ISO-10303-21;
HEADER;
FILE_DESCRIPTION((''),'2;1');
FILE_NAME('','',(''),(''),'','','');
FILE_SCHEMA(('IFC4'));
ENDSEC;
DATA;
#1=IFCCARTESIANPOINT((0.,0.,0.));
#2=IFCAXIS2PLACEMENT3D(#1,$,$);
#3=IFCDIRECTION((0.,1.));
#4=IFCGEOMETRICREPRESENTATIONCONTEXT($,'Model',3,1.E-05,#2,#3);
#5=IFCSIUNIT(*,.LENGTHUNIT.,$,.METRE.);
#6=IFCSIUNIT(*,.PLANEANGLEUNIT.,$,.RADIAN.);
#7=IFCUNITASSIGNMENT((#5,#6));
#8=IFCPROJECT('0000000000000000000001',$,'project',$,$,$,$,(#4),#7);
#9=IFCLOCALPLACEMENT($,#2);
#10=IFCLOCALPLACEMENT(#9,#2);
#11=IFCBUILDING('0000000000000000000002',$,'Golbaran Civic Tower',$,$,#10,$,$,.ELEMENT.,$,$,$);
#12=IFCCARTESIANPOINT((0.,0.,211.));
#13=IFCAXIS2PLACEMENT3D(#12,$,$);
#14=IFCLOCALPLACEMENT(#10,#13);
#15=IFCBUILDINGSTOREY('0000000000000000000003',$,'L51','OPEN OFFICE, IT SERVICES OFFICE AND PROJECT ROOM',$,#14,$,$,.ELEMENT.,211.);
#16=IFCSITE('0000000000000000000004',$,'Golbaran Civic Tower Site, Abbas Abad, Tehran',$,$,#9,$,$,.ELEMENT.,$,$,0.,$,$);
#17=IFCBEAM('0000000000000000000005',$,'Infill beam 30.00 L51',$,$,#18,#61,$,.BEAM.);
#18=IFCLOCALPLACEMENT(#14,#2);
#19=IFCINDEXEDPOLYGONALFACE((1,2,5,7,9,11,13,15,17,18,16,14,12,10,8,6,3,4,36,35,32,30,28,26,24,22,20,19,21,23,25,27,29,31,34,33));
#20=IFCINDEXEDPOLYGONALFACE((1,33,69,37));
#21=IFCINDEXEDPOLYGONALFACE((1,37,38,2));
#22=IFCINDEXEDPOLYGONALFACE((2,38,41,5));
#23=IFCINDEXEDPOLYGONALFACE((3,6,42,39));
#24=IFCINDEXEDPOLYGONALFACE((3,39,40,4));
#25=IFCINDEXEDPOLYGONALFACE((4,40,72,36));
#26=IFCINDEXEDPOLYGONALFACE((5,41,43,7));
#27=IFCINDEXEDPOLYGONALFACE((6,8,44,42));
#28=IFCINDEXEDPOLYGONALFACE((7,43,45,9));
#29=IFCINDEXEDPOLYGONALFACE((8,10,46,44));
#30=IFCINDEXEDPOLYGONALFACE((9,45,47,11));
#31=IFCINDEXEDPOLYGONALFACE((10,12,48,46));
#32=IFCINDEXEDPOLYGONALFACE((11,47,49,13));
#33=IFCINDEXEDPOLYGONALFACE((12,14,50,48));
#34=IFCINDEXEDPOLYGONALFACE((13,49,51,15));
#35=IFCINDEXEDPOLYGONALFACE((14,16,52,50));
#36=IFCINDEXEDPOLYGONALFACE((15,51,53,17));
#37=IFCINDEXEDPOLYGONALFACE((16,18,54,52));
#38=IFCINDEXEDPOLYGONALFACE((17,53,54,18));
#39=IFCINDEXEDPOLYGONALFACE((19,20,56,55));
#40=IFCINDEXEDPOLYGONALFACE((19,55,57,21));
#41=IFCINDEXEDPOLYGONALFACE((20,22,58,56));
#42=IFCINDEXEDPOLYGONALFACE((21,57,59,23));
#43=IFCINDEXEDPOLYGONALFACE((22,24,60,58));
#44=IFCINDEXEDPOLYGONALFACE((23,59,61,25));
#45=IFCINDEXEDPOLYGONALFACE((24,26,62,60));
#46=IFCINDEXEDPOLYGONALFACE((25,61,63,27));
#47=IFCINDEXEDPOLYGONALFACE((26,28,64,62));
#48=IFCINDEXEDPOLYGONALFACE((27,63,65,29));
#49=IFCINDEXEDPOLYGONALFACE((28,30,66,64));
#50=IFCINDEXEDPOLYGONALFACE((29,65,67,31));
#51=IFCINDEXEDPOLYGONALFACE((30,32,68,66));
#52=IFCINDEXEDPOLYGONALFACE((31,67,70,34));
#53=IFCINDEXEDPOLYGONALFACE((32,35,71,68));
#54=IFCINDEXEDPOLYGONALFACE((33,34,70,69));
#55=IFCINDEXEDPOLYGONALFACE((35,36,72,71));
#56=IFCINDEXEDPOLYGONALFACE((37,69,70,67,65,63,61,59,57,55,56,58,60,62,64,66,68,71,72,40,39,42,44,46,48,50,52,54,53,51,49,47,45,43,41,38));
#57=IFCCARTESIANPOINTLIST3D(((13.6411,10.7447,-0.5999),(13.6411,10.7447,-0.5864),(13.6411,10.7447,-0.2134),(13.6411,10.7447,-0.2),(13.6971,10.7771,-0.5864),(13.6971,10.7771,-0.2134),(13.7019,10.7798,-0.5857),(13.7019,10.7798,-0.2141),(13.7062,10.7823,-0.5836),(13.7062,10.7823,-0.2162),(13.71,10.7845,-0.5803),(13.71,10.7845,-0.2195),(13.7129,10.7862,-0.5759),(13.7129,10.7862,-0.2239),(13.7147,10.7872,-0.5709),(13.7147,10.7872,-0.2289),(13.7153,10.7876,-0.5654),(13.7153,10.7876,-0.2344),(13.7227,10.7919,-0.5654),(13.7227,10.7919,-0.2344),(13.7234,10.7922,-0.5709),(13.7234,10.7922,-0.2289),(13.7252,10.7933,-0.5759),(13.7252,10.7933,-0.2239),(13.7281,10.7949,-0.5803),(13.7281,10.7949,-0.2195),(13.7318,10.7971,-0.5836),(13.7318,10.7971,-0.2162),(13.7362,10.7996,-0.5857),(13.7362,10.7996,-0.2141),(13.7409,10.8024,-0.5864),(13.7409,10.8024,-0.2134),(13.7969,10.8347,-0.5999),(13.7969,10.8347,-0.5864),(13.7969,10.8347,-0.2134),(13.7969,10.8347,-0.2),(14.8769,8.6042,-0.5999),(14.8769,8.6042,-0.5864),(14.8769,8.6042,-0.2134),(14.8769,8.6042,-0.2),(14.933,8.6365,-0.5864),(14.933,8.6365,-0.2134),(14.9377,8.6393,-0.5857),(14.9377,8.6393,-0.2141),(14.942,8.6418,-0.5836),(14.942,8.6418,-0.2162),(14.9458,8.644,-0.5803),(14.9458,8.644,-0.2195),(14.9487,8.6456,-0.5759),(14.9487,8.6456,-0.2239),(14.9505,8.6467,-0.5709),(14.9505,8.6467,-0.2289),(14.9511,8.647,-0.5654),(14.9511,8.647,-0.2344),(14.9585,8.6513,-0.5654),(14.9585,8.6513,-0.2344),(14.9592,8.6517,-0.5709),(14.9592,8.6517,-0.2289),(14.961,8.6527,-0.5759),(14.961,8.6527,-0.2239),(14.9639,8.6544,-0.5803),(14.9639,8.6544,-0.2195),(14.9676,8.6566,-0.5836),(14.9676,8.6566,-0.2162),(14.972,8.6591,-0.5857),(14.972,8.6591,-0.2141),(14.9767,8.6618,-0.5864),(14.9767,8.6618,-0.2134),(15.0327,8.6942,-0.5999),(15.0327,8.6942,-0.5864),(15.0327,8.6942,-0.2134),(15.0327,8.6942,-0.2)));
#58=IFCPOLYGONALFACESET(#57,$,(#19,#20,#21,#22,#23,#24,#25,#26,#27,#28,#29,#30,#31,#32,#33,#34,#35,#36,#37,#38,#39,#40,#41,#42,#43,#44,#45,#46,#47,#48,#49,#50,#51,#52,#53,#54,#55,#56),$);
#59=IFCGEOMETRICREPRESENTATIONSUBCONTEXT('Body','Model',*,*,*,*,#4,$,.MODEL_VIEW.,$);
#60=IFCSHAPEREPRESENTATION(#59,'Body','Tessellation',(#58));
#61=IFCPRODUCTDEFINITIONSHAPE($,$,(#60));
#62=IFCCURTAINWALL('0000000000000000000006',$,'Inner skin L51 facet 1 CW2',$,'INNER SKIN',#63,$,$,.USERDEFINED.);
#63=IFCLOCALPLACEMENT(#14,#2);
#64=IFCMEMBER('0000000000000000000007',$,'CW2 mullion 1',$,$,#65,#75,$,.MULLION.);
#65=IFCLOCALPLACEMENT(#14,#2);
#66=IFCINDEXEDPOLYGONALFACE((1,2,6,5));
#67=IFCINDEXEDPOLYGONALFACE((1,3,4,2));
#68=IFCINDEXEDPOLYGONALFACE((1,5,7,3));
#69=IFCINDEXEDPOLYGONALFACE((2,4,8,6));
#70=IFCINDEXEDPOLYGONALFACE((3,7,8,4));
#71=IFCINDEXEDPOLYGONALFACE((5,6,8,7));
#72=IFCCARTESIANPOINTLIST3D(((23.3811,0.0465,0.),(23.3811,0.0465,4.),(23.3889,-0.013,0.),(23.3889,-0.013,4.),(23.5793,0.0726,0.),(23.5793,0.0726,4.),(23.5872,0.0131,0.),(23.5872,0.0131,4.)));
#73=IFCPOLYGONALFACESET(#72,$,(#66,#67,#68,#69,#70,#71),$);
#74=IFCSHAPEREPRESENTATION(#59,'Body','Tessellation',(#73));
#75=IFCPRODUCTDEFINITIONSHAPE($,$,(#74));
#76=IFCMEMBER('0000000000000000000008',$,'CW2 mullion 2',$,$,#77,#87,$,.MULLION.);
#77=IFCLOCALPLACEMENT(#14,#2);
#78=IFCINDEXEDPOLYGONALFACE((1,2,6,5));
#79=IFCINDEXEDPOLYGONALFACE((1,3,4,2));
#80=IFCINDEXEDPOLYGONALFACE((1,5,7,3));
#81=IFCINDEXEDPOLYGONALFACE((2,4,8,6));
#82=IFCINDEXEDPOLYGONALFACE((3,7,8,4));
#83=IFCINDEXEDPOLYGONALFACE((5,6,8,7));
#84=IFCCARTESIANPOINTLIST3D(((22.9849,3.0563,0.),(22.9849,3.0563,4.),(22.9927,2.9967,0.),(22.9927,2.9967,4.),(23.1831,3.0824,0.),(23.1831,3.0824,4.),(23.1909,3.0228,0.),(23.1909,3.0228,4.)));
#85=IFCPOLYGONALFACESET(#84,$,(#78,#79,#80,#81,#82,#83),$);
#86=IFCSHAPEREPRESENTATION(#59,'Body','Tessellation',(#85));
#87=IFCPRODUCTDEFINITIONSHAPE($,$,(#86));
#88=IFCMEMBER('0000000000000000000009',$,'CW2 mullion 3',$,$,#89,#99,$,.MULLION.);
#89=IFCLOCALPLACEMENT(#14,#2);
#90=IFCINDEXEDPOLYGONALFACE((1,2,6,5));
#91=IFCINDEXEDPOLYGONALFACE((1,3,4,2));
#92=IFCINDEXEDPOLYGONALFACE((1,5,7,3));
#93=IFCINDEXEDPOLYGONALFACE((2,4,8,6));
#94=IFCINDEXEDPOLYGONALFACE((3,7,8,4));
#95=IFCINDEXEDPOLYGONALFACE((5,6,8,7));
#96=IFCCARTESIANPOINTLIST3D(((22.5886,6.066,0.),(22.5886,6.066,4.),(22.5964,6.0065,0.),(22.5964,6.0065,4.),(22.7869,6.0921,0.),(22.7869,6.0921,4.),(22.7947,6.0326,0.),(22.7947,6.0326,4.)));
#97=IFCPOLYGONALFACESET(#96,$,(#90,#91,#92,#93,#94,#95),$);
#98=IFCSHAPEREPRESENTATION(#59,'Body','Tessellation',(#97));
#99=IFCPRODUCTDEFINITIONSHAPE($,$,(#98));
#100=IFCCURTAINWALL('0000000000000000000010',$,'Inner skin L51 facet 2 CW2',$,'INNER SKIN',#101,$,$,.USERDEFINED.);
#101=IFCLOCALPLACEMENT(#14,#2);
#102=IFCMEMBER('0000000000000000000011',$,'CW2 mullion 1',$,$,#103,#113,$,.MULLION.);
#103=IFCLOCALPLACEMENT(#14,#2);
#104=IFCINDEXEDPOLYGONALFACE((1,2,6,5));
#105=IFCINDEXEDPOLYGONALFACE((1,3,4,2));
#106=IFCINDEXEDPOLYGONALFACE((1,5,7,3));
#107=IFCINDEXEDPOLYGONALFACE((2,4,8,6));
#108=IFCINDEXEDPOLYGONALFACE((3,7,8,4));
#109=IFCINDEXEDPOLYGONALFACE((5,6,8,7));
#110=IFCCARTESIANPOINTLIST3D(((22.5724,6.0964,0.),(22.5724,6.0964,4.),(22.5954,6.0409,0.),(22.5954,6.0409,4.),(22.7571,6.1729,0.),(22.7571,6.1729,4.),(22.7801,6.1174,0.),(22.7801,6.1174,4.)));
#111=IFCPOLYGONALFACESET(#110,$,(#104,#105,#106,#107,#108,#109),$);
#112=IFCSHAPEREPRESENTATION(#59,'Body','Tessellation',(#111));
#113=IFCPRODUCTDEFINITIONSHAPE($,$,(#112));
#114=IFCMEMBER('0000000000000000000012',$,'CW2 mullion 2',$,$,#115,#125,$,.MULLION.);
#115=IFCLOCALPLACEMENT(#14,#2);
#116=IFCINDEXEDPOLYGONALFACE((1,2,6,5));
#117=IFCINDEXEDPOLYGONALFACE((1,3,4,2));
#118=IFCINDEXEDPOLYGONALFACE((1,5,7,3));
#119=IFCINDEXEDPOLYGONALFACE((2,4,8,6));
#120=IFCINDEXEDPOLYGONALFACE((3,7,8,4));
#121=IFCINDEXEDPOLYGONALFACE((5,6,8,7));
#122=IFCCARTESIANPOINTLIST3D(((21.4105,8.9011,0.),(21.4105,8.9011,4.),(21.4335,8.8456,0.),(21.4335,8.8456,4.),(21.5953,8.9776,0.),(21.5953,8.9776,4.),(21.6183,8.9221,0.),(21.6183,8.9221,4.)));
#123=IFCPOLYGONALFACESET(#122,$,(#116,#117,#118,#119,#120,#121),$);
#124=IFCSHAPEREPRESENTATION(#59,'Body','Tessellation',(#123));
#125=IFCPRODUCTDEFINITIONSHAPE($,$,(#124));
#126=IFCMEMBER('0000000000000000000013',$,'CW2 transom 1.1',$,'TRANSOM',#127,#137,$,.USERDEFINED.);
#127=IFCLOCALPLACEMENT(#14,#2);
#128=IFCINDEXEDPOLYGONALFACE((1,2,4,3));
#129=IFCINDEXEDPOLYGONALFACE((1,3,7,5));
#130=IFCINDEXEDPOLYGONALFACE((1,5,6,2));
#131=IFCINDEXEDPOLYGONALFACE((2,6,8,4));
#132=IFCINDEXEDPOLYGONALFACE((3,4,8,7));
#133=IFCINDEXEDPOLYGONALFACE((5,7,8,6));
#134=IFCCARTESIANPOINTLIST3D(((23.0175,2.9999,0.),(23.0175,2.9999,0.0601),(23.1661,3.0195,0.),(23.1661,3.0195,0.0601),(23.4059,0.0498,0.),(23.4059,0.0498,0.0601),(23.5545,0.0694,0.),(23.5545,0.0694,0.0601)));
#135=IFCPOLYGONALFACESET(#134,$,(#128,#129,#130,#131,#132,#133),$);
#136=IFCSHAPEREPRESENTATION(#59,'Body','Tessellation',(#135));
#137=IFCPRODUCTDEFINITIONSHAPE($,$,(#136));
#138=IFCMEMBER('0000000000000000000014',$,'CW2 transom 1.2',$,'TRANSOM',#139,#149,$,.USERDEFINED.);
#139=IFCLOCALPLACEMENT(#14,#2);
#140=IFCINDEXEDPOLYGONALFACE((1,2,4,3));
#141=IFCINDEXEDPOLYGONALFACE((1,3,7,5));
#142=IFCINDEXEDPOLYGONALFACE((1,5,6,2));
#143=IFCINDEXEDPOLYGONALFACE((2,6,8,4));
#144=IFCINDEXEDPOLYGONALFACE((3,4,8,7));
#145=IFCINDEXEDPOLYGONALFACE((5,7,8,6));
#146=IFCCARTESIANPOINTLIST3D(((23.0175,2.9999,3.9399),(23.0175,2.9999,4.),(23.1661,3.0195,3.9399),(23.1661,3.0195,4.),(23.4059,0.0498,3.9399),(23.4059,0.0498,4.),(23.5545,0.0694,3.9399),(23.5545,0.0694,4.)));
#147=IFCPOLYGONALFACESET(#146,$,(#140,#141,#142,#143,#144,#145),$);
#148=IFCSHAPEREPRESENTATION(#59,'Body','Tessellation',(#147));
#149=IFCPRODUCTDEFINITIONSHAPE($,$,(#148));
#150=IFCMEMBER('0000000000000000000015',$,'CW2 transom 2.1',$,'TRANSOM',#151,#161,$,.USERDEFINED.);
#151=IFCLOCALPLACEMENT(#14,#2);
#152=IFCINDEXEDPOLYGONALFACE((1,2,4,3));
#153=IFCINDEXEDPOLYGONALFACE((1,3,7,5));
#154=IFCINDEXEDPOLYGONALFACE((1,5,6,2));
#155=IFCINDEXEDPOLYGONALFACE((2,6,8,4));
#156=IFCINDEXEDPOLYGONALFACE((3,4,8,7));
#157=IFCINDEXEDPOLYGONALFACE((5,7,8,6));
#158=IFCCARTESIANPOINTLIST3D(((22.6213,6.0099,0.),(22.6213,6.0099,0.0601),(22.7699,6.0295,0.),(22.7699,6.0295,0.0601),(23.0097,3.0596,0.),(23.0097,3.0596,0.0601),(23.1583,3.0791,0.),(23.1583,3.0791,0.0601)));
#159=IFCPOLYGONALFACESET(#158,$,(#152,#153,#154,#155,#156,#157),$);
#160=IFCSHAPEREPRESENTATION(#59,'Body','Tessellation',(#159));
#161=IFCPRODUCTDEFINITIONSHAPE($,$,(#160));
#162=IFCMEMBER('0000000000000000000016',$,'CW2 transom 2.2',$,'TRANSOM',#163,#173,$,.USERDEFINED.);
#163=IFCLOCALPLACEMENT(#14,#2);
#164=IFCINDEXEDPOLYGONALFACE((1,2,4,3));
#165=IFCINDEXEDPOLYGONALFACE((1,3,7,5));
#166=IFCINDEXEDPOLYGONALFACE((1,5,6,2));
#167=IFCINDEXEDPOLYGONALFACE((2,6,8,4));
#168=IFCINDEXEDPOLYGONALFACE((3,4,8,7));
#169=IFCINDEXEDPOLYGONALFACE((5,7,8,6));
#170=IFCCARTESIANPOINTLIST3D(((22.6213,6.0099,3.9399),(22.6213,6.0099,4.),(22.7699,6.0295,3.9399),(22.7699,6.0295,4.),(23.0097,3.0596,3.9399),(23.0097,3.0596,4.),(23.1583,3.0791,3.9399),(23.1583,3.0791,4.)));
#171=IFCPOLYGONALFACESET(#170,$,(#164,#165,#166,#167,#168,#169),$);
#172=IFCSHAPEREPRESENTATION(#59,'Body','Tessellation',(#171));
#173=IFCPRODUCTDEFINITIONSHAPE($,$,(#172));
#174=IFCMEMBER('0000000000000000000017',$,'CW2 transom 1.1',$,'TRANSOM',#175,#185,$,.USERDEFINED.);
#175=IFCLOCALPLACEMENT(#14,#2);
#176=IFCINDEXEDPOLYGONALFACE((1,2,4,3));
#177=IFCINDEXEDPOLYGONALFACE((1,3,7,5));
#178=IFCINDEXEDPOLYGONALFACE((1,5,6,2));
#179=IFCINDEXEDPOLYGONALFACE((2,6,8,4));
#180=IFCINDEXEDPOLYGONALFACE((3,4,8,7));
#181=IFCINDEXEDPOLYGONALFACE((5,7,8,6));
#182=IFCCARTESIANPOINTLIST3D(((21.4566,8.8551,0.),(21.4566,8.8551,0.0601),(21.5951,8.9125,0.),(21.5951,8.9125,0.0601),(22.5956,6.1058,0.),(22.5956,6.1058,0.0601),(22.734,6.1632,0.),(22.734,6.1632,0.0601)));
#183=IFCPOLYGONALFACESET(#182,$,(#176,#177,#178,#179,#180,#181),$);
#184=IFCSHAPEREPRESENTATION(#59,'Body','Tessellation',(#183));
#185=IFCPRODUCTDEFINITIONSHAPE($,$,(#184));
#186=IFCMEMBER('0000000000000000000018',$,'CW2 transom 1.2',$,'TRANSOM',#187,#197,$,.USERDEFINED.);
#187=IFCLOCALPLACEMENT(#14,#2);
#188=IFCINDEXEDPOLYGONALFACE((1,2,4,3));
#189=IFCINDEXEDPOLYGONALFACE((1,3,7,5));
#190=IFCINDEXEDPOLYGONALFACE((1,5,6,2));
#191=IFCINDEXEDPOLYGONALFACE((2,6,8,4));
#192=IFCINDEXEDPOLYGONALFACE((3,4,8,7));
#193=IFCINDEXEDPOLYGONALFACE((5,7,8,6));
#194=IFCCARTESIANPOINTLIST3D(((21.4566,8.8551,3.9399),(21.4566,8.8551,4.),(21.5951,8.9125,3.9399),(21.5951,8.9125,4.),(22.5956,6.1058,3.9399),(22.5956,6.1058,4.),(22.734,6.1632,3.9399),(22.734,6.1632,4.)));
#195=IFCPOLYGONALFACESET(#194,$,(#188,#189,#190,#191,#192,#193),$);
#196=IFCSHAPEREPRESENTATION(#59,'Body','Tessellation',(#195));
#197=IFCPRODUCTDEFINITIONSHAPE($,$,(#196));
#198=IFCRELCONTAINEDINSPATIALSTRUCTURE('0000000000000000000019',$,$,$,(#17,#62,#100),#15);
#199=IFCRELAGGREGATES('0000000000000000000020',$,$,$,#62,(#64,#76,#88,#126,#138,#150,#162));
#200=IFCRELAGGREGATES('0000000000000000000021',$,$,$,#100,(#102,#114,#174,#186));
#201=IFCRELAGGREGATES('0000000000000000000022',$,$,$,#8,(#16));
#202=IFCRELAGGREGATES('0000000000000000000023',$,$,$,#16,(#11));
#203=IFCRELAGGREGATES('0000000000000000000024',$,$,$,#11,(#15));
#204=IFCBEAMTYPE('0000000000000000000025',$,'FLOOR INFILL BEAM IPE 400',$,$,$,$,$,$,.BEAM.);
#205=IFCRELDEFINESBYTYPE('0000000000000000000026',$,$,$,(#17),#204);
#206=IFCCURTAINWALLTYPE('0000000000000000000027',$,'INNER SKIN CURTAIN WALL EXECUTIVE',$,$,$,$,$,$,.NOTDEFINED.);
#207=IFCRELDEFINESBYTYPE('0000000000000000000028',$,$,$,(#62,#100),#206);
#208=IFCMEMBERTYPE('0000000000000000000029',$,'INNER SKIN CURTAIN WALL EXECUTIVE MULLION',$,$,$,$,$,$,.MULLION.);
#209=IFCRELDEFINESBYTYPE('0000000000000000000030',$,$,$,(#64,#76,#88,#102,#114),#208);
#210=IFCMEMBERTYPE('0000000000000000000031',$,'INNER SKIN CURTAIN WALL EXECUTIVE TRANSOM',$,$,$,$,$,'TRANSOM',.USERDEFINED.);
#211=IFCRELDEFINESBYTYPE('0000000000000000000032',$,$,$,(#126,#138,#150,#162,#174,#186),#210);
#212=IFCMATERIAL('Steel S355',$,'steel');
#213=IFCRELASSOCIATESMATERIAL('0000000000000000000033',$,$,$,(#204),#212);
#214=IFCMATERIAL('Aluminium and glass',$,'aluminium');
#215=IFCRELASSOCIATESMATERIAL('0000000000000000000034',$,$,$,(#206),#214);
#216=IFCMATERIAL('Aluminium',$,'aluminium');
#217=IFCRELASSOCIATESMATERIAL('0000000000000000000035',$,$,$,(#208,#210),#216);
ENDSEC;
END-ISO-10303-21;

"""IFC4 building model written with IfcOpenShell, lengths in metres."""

from ifc_helpers import new_model, si_unit, direction, frame, origin, origin_2d, place, context, subcontext, project, spatial, rectangle, i_section, extrude, material, material_profile, profile_set, type_object, element, aggregate, save


model = new_model("IFC4")

# Units and contexts
model_context = context("Model", 3, precision=1e-05, world=origin(), true_north=direction((0.0, 1.0)))
body_context = subcontext(model_context, "Body", "Model", "MODEL_VIEW")
ifc_project = project(units=[si_unit("LENGTHUNIT", "METRE"), si_unit("PLANEANGLEUNIT", "RADIAN")], contexts=[model_context])

# Site, building, storey
site_placement = place(None, origin())
site = spatial("IfcSite", under=ifc_project, at=site_placement, Name="Golbaran Civic Tower Site, Abbas Abad, Tehran", CompositionType="ELEMENT", RefElevation=0.0)
building_placement = place(site_placement, origin())
building = spatial("IfcBuilding", under=site, at=building_placement, Name="Golbaran Civic Tower", CompositionType="ELEMENT")
storey_placement = place(building_placement, frame((0.0, 0.0, 211.0)))
storey = spatial("IfcBuildingStorey", under=building, at=storey_placement, Name="L51", Description="OPEN OFFICE, IT SERVICES OFFICE AND PROJECT ROOM", CompositionType="ELEMENT", Elevation=211.0)

# Beam
ifc_material_1 = material(Name="Steel S355", Category="steel")
ifc_material_profile_1 = material_profile(ifc_material_1, i_section(OverallWidth=0.1799, OverallDepth=0.3999, WebThickness=0.0085, FlangeThickness=0.0134, FilletRadius=0.021, at=origin_2d()), Name="IPE 400")
ifc_profile_set_1 = profile_set([ifc_material_profile_1], Name="Steel S355")
beam_type_1 = type_object("IfcBeamType", Name="FLOOR INFILL BEAM IPE 400", PredefinedType="BEAM", material=ifc_profile_set_1)
beam_1_placement = place(storey_placement, frame((14.9548, 8.6492, -0.3999), z_axis=(-0.499985, 0.866034, 0.0), x_axis=(-0.866034, -0.499985, 0.0)))
element("IfcBeam", 1, at=beam_1_placement, inside=storey, type_object=beam_type_1, Name="Infill beam 30.00 L51", PredefinedType="BEAM", context=body_context, shape_type="SweptSolid", body=[
    extrude(i_section(OverallWidth=0.1799, OverallDepth=0.3999, WebThickness=0.0085, FlangeThickness=0.0134, FilletRadius=0.021, at=origin_2d()), origin(), (0.0, 0.0, 1.0), 2.4717),
])

# Curtain walls, members
ifc_material_2 = material(Name="Aluminium and glass", Category="aluminium")
curtain_wall_type = type_object("IfcCurtainWallType", Name="INNER SKIN CURTAIN WALL EXECUTIVE", PredefinedType="NOTDEFINED", material=ifc_material_2)
curtain_wall_1_placement = place(storey_placement, origin())
curtain_wall_1 = element("IfcCurtainWall", 2, at=curtain_wall_1_placement, inside=storey, type_object=curtain_wall_type, Name="Inner skin L51 facet 1 CW2", ObjectType="INNER SKIN", PredefinedType="USERDEFINED")
ifc_material_3 = material(Name="Aluminium", Category="aluminium")
ifc_material_profile_2 = material_profile(ifc_material_3, rectangle(XDim=0.2, YDim=0.0601, at=origin_2d()), Name="INNER SKIN CURTAIN WALL EXECUTIVE MULLION")
ifc_profile_set_2 = profile_set([ifc_material_profile_2], Name="Aluminium")
member_type_1 = type_object("IfcMemberType", Name="INNER SKIN CURTAIN WALL EXECUTIVE MULLION", PredefinedType="MULLION", material=ifc_profile_set_2)
member_1_placement = place(storey_placement, frame((23.4841, 0.0298, 0.0), z_axis=(0.0, 0.0, 1.0), x_axis=(-0.991445, -0.130526, 0.0)))
member_1 = element("IfcMember", 3, at=member_1_placement, type_object=member_type_1, Name="CW2 mullion 1", PredefinedType="MULLION", context=body_context, shape_type="SweptSolid", body=[
    extrude(rectangle(XDim=0.2, YDim=0.0601, at=origin_2d()), origin(), (0.0, 0.0, 1.0), 4.0),
])
member_2_placement = place(storey_placement, frame((23.0879, 3.0396, 0.0), z_axis=(0.0, 0.0, 1.0), x_axis=(-0.991445, -0.130526, 0.0)))
member_2 = element("IfcMember", 4, at=member_2_placement, type_object=member_type_1, Name="CW2 mullion 2", PredefinedType="MULLION", context=body_context, shape_type="SweptSolid", body=[
    extrude(rectangle(XDim=0.2, YDim=0.0601, at=origin_2d()), origin(), (0.0, 0.0, 1.0), 4.0),
])
member_3_placement = place(storey_placement, frame((22.6917, 6.0493, 0.0), z_axis=(0.0, 0.0, 1.0), x_axis=(-0.991445, -0.130526, 0.0)))
member_3 = element("IfcMember", 5, at=member_3_placement, type_object=member_type_1, Name="CW2 mullion 3", PredefinedType="MULLION", context=body_context, shape_type="SweptSolid", body=[
    extrude(rectangle(XDim=0.2, YDim=0.0601, at=origin_2d()), origin(), (0.0, 0.0, 1.0), 4.0),
])
curtain_wall_2_placement = place(storey_placement, origin())
curtain_wall_2 = element("IfcCurtainWall", 6, at=curtain_wall_2_placement, inside=storey, type_object=curtain_wall_type, Name="Inner skin L51 facet 2 CW2", ObjectType="INNER SKIN", PredefinedType="USERDEFINED")
member_4_placement = place(storey_placement, frame((22.6763, 6.1069, 0.0), z_axis=(0.0, 0.0, 1.0), x_axis=(-0.92388, -0.382683, 0.0)))
member_4 = element("IfcMember", 7, at=member_4_placement, type_object=member_type_1, Name="CW2 mullion 1", PredefinedType="MULLION", context=body_context, shape_type="SweptSolid", body=[
    extrude(rectangle(XDim=0.2, YDim=0.0601, at=origin_2d()), origin(), (0.0, 0.0, 1.0), 4.0),
])
member_5_placement = place(storey_placement, frame((21.5144, 8.9116, 0.0), z_axis=(0.0, 0.0, 1.0), x_axis=(-0.92388, -0.382683, 0.0)))
member_5 = element("IfcMember", 8, at=member_5_placement, type_object=member_type_1, Name="CW2 mullion 2", PredefinedType="MULLION", context=body_context, shape_type="SweptSolid", body=[
    extrude(rectangle(XDim=0.2, YDim=0.0601, at=origin_2d()), origin(), (0.0, 0.0, 1.0), 4.0),
])

# Members
ifc_material_profile_3 = material_profile(ifc_material_3, rectangle(XDim=0.1499, YDim=0.0601, at=origin_2d()), Name="INNER SKIN CURTAIN WALL EXECUTIVE TRANSOM")
ifc_profile_set_3 = profile_set([ifc_material_profile_3], Name="Aluminium")
member_type_2 = type_object("IfcMemberType", Name="INNER SKIN CURTAIN WALL EXECUTIVE TRANSOM", ElementType="TRANSOM", PredefinedType="USERDEFINED", material=ifc_profile_set_3)
member_6_placement = place(storey_placement, frame((23.4802, 0.0596, 0.03), z_axis=(-0.130535, 0.991444, 0.0), x_axis=(-0.991444, -0.130535, 0.0)))
member_6 = element("IfcMember", 9, at=member_6_placement, type_object=member_type_2, Name="CW2 transom 1.1", ObjectType="TRANSOM", PredefinedType="USERDEFINED", context=body_context, shape_type="SweptSolid", body=[
    extrude(rectangle(XDim=0.1499, YDim=0.0601, at=origin_2d()), origin(), (0.0, 0.0, 1.0), 2.9756),
])
member_7_placement = place(storey_placement, frame((23.4802, 0.0596, 3.97), z_axis=(-0.130535, 0.991444, 0.0), x_axis=(-0.991444, -0.130535, 0.0)))
member_7 = element("IfcMember", 10, at=member_7_placement, type_object=member_type_2, Name="CW2 transom 1.2", ObjectType="TRANSOM", PredefinedType="USERDEFINED", context=body_context, shape_type="SweptSolid", body=[
    extrude(rectangle(XDim=0.1499, YDim=0.0601, at=origin_2d()), origin(), (0.0, 0.0, 1.0), 2.9756),
])
member_8_placement = place(storey_placement, frame((23.084, 3.0693, 0.03), z_axis=(-0.130525, 0.991445, 0.0), x_axis=(-0.991445, -0.130525, 0.0)))
member_8 = element("IfcMember", 11, at=member_8_placement, type_object=member_type_2, Name="CW2 transom 2.1", ObjectType="TRANSOM", PredefinedType="USERDEFINED", context=body_context, shape_type="SweptSolid", body=[
    extrude(rectangle(XDim=0.1499, YDim=0.0601, at=origin_2d()), origin(), (0.0, 0.0, 1.0), 2.9758),
])
member_9_placement = place(storey_placement, frame((23.084, 3.0693, 3.97), z_axis=(-0.130525, 0.991445, 0.0), x_axis=(-0.991445, -0.130525, 0.0)))
member_9 = element("IfcMember", 12, at=member_9_placement, type_object=member_type_2, Name="CW2 transom 2.2", ObjectType="TRANSOM", PredefinedType="USERDEFINED", context=body_context, shape_type="SweptSolid", body=[
    extrude(rectangle(XDim=0.1499, YDim=0.0601, at=origin_2d()), origin(), (0.0, 0.0, 1.0), 2.9758),
])
member_10_placement = place(storey_placement, frame((22.6648, 6.1345, 0.03), z_axis=(-0.382721, 0.923864, 0.0), x_axis=(-0.923864, -0.382721, 0.0)))
member_10 = element("IfcMember", 13, at=member_10_placement, type_object=member_type_2, Name="CW2 transom 1.1", ObjectType="TRANSOM", PredefinedType="USERDEFINED", context=body_context, shape_type="SweptSolid", body=[
    extrude(rectangle(XDim=0.1499, YDim=0.0601, at=origin_2d()), origin(), (0.0, 0.0, 1.0), 2.9758),
])
member_11_placement = place(storey_placement, frame((22.6648, 6.1345, 3.97), z_axis=(-0.382721, 0.923864, 0.0), x_axis=(-0.923864, -0.382721, 0.0)))
member_11 = element("IfcMember", 14, at=member_11_placement, type_object=member_type_2, Name="CW2 transom 1.2", ObjectType="TRANSOM", PredefinedType="USERDEFINED", context=body_context, shape_type="SweptSolid", body=[
    extrude(rectangle(XDim=0.1499, YDim=0.0601, at=origin_2d()), origin(), (0.0, 0.0, 1.0), 2.9758),
])

aggregate(curtain_wall_1, [member_1, member_2, member_3, member_6, member_7, member_8, member_9])
aggregate(curtain_wall_2, [member_4, member_5, member_10, member_11])

save(model, "model.ifc")
